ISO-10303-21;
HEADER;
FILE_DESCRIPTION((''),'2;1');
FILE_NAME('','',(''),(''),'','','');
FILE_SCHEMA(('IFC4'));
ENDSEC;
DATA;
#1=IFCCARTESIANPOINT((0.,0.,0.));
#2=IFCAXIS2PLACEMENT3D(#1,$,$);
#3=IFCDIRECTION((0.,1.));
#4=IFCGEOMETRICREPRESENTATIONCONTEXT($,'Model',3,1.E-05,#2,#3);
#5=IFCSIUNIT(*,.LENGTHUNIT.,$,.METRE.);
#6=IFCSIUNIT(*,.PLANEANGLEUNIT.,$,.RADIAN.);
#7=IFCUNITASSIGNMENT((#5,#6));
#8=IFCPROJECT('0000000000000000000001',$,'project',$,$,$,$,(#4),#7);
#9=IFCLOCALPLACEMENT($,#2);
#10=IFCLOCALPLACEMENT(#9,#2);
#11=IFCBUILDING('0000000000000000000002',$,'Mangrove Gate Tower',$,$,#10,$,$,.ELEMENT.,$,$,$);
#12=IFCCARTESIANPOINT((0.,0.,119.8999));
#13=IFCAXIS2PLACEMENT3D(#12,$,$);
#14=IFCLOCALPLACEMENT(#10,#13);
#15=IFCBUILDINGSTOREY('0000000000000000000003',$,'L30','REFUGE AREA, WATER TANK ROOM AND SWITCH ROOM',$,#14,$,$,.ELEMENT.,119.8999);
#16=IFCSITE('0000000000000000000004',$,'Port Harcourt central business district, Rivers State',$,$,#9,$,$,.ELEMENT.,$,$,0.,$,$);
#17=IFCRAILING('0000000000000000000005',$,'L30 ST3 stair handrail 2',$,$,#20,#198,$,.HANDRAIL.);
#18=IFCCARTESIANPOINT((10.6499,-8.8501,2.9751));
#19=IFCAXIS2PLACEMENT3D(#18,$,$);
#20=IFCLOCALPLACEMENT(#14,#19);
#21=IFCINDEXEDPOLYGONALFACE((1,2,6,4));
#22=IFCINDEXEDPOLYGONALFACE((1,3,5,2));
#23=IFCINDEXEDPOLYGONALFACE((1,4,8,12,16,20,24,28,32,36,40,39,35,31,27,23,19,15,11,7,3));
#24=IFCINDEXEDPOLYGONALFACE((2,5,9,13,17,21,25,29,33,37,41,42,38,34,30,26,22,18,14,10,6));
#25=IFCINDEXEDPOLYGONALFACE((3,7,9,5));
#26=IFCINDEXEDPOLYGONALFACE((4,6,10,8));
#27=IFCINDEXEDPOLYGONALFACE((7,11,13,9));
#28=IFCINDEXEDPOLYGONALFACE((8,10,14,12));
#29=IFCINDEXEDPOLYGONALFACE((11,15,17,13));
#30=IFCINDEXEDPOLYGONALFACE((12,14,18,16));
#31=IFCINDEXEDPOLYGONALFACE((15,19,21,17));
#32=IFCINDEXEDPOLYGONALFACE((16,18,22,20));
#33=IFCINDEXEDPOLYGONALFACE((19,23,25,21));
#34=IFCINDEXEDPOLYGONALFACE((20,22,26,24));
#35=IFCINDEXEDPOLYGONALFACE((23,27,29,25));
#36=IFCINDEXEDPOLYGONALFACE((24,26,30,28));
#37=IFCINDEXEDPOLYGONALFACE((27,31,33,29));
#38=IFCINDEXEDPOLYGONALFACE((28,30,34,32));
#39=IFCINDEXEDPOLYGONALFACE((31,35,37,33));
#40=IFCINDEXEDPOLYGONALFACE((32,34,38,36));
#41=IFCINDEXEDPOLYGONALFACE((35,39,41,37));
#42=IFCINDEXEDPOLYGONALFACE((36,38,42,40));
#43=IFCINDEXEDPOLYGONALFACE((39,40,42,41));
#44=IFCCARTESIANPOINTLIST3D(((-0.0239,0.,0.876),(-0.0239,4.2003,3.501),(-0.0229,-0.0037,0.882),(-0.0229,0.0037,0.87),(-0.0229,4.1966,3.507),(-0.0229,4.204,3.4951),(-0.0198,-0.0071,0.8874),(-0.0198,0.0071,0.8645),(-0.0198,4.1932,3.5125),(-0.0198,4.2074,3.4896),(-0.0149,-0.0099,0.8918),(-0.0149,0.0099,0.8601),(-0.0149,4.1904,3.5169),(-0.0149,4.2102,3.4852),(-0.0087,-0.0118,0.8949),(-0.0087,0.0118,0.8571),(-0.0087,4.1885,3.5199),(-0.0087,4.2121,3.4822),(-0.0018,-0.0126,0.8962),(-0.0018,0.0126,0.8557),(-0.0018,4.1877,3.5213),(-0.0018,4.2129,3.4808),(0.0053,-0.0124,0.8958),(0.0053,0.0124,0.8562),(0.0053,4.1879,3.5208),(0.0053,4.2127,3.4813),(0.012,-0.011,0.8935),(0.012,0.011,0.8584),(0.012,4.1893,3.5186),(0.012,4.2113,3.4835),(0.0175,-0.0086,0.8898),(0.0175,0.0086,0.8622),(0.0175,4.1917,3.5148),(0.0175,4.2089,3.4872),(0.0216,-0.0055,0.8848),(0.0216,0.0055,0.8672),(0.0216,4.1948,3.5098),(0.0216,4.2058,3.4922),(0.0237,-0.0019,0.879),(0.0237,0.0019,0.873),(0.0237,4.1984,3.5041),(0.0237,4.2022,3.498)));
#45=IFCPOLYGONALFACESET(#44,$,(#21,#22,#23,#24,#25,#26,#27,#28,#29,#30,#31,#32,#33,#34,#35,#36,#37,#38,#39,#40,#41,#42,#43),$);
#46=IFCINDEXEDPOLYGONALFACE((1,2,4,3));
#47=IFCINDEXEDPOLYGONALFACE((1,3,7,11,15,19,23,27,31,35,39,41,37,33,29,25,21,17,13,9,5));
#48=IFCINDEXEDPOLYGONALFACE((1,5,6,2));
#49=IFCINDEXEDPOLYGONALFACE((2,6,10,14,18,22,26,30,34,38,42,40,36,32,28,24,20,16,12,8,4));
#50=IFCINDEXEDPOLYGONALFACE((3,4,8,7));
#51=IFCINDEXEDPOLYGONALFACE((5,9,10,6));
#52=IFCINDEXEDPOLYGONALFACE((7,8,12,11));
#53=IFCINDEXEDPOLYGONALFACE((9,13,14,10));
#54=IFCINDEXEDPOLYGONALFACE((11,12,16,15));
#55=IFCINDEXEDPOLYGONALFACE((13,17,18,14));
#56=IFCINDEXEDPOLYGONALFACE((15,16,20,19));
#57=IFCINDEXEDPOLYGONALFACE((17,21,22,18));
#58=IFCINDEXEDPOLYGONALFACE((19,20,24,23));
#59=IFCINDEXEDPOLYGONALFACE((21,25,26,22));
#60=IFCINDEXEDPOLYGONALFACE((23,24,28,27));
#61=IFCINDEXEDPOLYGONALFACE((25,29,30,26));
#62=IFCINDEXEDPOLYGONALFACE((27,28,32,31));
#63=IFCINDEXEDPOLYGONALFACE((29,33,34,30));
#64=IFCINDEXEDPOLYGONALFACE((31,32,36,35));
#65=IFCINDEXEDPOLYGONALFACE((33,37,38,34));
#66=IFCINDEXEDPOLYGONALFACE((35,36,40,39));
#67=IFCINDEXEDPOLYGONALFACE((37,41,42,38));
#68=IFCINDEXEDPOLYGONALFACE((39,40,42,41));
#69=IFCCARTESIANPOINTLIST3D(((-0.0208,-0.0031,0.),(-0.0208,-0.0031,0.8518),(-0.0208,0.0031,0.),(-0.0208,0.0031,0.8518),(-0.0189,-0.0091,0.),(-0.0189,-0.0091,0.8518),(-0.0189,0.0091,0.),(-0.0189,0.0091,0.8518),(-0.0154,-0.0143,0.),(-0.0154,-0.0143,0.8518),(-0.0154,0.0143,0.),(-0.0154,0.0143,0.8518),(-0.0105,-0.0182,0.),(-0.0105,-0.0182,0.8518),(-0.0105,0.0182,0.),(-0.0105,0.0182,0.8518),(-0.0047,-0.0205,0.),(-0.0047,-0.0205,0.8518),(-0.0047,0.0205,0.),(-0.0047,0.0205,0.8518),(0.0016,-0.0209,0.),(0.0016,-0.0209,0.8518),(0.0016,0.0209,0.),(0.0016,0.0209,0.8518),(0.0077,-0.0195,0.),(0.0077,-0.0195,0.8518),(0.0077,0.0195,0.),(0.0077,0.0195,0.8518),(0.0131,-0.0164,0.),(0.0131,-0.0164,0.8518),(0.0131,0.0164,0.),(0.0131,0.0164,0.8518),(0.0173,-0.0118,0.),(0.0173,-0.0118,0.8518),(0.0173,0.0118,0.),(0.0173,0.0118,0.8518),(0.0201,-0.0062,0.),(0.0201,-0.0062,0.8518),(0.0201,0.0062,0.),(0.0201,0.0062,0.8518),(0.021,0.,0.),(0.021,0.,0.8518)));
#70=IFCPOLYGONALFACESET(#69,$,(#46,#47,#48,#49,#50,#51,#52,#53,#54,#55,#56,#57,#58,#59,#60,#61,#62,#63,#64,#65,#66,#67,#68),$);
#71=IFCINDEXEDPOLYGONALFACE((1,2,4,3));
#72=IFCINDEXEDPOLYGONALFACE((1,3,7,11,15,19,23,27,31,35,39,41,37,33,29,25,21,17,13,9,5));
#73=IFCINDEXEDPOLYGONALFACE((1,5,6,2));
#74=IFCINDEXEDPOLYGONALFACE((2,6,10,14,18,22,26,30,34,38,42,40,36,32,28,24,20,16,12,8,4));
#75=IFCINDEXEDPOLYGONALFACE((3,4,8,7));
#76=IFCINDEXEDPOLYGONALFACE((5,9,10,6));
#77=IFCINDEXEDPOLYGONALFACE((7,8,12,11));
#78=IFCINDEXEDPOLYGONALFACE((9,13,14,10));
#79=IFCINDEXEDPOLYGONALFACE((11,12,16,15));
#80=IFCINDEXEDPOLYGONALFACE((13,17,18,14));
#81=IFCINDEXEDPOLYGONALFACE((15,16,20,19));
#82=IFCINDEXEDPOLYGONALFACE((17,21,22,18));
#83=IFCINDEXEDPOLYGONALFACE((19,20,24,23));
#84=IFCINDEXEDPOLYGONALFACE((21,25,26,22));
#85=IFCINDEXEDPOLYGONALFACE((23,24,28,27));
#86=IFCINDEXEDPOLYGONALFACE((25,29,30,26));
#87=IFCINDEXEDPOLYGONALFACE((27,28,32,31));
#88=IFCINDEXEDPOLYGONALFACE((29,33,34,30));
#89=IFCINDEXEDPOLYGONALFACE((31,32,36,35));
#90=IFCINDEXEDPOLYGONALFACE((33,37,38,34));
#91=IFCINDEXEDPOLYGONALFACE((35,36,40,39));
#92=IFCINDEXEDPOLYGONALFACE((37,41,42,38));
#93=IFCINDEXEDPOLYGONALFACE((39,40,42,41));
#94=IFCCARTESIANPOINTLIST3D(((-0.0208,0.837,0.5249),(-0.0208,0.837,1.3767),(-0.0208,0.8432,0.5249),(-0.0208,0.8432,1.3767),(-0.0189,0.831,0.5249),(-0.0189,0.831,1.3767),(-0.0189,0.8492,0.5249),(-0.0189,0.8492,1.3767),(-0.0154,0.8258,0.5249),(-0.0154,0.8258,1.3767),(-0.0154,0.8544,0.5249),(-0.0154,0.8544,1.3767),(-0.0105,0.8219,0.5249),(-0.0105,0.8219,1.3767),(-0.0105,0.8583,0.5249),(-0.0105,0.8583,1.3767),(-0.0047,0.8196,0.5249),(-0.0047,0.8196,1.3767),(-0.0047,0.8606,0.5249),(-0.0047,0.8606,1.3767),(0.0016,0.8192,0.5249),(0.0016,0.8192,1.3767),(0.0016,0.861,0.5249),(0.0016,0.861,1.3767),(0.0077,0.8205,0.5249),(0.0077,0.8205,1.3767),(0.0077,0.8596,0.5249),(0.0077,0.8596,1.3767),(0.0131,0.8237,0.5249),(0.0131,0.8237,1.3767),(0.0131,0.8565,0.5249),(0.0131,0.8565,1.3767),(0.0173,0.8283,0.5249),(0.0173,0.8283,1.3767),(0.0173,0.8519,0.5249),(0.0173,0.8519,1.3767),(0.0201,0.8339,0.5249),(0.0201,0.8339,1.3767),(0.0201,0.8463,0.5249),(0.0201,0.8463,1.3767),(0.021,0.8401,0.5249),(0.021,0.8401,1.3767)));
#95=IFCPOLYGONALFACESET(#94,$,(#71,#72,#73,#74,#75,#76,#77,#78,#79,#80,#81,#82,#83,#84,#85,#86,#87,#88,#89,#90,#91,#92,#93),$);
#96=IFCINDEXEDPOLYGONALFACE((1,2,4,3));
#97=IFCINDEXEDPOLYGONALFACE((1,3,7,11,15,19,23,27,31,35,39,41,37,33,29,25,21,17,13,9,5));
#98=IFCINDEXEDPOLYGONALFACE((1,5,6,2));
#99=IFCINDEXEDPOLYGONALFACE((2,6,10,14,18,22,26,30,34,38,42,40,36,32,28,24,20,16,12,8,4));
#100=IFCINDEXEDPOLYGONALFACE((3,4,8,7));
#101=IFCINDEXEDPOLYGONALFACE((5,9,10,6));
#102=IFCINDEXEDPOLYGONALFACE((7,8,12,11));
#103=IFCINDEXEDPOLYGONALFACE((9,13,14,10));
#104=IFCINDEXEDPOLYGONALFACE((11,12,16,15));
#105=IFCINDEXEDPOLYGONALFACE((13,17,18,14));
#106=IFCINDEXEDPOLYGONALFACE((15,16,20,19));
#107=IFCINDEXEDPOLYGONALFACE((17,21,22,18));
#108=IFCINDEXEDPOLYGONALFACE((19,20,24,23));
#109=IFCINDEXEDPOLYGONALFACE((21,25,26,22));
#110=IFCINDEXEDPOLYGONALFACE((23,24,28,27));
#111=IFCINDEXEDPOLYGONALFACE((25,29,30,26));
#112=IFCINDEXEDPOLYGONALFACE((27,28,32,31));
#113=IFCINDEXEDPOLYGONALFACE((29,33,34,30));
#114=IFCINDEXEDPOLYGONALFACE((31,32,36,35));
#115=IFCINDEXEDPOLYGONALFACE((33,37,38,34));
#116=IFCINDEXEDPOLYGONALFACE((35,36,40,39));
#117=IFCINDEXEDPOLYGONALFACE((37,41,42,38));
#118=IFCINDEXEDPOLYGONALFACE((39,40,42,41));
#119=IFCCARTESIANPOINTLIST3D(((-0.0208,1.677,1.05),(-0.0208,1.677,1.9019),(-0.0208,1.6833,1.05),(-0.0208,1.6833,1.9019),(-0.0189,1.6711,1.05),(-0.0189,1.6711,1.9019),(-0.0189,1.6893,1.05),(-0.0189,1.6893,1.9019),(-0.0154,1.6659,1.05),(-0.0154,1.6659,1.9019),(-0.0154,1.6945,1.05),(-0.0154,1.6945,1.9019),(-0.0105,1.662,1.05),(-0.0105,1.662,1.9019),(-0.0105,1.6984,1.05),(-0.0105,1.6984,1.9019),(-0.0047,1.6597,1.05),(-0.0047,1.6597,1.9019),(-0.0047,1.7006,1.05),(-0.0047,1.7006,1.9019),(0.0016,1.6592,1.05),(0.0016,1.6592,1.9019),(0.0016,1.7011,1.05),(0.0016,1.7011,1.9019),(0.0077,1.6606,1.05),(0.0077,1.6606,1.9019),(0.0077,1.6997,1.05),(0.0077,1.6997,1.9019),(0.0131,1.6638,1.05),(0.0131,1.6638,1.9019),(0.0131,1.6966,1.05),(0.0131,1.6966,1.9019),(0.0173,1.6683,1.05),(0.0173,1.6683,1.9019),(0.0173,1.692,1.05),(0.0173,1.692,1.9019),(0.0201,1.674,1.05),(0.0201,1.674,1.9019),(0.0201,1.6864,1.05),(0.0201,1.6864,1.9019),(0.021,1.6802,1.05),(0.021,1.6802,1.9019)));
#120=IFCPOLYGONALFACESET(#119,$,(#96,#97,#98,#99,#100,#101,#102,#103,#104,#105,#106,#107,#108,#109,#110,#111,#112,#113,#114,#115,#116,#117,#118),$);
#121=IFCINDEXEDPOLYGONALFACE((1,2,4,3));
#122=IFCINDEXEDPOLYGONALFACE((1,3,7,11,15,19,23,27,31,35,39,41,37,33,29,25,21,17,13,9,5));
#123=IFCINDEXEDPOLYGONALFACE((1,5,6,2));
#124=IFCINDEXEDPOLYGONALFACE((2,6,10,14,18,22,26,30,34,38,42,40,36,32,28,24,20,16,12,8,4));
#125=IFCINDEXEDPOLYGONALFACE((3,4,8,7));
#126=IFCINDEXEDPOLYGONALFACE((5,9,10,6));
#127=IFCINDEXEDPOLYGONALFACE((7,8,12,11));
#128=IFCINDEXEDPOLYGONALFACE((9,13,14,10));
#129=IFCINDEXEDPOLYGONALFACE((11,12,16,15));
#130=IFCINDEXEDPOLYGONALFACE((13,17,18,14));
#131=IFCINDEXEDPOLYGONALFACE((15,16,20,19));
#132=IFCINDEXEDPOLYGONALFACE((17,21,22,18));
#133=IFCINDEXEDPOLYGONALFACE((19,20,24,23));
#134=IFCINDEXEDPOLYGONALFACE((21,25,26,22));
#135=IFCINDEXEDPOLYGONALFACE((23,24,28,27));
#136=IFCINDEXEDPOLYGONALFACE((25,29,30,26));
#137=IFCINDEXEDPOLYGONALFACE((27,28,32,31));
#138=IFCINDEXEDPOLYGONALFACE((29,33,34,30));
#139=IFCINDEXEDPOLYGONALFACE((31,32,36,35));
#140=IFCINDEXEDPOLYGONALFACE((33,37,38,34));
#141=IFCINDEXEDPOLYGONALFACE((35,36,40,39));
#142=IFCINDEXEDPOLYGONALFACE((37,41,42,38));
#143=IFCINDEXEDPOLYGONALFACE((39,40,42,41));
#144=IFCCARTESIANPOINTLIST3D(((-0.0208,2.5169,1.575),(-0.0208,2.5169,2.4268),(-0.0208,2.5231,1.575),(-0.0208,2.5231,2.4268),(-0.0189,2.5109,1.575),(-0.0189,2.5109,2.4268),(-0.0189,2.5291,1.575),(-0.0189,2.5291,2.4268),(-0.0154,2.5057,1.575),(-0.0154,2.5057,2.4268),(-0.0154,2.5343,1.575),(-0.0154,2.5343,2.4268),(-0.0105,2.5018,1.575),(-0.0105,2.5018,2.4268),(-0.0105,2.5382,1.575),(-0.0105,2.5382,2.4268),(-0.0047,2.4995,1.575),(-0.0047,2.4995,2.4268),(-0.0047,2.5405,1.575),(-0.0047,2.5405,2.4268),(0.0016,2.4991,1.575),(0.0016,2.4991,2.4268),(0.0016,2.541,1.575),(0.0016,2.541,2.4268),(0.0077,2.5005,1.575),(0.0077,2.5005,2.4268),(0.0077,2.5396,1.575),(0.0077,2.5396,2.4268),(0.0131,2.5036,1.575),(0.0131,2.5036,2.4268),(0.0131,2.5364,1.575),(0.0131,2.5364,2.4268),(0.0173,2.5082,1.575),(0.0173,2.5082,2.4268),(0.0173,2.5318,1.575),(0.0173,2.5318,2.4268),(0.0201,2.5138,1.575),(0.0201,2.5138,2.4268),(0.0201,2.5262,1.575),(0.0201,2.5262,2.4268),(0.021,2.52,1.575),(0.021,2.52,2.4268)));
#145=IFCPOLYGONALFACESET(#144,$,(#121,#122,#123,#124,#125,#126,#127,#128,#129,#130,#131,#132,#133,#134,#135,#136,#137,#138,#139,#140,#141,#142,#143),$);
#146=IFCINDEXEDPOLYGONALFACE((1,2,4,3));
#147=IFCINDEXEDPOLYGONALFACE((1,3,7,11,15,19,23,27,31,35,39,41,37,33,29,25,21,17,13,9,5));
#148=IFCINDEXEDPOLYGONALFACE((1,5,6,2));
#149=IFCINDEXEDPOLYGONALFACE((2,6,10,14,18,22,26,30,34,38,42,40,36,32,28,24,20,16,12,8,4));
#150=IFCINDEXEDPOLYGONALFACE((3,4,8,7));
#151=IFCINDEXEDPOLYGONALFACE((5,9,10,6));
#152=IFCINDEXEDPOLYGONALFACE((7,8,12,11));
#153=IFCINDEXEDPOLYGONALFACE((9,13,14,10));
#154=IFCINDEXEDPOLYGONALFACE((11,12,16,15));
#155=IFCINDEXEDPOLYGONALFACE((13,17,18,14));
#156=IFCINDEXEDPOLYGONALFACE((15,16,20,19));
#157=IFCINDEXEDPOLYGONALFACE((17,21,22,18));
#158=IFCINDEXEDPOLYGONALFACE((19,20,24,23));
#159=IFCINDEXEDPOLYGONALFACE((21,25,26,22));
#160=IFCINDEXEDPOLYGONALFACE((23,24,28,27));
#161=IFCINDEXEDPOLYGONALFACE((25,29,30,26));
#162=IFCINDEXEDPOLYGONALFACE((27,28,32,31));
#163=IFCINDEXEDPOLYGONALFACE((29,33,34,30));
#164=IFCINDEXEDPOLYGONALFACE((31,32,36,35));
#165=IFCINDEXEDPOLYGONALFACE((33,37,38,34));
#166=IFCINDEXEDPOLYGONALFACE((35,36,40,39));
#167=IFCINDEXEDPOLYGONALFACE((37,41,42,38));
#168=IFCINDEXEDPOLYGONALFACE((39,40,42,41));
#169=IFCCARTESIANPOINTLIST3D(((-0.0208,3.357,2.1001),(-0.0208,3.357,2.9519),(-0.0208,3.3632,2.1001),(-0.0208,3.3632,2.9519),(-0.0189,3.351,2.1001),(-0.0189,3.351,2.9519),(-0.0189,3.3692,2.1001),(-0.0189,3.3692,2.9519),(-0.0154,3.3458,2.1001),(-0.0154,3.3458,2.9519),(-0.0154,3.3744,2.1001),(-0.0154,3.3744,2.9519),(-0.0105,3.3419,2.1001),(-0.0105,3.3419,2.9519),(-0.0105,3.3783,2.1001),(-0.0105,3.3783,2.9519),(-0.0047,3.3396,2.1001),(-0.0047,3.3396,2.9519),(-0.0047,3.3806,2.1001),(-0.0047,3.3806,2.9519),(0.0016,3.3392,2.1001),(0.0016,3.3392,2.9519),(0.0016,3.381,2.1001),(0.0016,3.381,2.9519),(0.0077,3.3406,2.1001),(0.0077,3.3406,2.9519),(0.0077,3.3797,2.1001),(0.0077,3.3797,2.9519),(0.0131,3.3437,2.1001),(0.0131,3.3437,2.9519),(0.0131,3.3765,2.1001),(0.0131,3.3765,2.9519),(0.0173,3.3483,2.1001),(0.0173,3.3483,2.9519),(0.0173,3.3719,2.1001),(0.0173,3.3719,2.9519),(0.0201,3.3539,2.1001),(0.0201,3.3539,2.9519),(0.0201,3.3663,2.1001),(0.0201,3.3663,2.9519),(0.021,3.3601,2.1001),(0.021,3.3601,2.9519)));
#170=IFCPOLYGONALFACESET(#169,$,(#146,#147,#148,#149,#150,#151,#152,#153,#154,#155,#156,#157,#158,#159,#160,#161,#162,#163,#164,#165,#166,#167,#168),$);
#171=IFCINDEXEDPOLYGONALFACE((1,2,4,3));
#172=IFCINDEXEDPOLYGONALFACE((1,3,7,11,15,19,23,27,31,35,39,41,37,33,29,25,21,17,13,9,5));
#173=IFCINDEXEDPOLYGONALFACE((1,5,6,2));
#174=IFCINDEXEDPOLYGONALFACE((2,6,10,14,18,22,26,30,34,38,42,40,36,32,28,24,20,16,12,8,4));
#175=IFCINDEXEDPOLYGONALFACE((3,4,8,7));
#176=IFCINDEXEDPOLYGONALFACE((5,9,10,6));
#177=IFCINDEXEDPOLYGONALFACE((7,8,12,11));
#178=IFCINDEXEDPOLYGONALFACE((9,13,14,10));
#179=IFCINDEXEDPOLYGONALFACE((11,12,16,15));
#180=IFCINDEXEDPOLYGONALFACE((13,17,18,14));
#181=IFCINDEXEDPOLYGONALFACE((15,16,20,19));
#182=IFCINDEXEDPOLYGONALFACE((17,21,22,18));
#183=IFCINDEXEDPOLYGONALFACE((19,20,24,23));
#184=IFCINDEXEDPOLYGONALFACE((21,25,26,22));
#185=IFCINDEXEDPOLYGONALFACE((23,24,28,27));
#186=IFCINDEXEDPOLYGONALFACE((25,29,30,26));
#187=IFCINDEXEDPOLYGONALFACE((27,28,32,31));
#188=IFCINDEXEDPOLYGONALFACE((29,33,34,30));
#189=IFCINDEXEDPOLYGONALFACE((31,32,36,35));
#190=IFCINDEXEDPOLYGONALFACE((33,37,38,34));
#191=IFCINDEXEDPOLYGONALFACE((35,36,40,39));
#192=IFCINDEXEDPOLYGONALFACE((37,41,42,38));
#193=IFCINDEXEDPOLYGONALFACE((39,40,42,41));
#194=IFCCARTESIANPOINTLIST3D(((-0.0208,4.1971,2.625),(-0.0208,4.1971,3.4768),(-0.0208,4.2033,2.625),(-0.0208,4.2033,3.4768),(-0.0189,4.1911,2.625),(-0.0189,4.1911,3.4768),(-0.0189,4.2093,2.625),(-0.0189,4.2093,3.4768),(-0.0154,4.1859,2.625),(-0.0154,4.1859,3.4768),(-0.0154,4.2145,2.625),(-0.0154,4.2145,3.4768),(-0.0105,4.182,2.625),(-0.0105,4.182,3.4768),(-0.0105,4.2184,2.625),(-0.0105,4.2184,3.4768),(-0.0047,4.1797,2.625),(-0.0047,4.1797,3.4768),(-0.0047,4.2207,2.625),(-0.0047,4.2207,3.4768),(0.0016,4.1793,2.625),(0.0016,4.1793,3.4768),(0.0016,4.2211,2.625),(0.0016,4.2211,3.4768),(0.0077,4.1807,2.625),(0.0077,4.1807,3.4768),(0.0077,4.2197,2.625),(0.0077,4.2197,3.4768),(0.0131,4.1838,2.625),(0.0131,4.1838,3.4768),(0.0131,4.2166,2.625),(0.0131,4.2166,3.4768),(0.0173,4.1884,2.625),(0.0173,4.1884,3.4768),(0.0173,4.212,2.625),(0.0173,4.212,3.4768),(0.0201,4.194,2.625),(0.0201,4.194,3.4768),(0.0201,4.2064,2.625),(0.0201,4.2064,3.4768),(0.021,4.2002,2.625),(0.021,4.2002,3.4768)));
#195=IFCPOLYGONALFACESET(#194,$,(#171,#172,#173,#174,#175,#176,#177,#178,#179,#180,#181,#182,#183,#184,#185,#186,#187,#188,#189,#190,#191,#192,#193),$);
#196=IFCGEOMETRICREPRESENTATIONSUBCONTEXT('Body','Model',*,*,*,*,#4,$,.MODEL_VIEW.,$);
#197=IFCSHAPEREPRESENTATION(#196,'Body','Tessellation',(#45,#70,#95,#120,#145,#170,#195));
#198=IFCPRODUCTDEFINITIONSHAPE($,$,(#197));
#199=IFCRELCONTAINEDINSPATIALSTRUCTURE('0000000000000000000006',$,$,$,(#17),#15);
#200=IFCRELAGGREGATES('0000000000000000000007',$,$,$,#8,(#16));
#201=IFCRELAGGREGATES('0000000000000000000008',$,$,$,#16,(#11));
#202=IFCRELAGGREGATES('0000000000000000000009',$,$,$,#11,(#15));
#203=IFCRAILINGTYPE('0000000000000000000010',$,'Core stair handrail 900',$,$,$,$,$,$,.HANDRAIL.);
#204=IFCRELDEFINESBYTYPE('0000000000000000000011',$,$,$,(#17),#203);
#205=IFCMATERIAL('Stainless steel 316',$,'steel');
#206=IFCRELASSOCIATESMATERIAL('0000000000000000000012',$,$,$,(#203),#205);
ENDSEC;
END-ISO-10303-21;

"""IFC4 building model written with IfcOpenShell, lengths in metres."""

from ifc_helpers import new_model, si_unit, direction, frame, origin, origin_2d, place, context, subcontext, project, spatial, circle, extrude, material, type_object, element, save


model = new_model("IFC4")

# Units and contexts
model_context = context("Model", 3, precision=1e-05, world=origin(), true_north=direction((0.0, 1.0)))
body_context = subcontext(model_context, "Body", "Model", "MODEL_VIEW")
ifc_project = project(units=[si_unit("LENGTHUNIT", "METRE"), si_unit("PLANEANGLEUNIT", "RADIAN")], contexts=[model_context])

# Site, building, storey
site_placement = place(None, origin())
site = spatial("IfcSite", under=ifc_project, at=site_placement, Name="Port Harcourt central business district, Rivers State", CompositionType="ELEMENT", RefElevation=0.0)
building_placement = place(site_placement, origin())
building = spatial("IfcBuilding", under=site, at=building_placement, Name="Mangrove Gate Tower", CompositionType="ELEMENT")
storey_placement = place(building_placement, frame((0.0, 0.0, 119.8999)))
storey = spatial("IfcBuildingStorey", under=building, at=storey_placement, Name="L30", Description="REFUGE AREA, WATER TANK ROOM AND SWITCH ROOM", CompositionType="ELEMENT", Elevation=119.8999)

# Railing
ifc_material_1 = material(Name="Stainless steel 316", Category="steel")
railing_type_1 = type_object("IfcRailingType", Name="Core stair handrail 900", PredefinedType="HANDRAIL", material=ifc_material_1)
railing_1_placement = place(storey_placement, frame((10.6499, -8.8501, 2.9751)))
element("IfcRailing", 1, at=railing_1_placement, inside=storey, type_object=railing_type_1, Name="L30 ST3 stair handrail 2", PredefinedType="HANDRAIL", context=body_context, shape_type="SweptSolid", body=[
    extrude(circle(Radius=0.0239, at=origin_2d()), frame((0.0, 0.0, 0.876), z_axis=(0.0, 0.848009, 0.529981), x_axis=(-1.0, 0.0, 0.0)), (0.0, 0.0, 1.0), 4.9531),
    extrude(circle(Radius=0.021, at=origin_2d()), origin(), (0.0, 0.0, 1.0), 0.8518),
    extrude(circle(Radius=0.021, at=origin_2d()), frame((0.0, 0.8401, 0.5249)), (0.0, 0.0, 1.0), 0.8518),
    extrude(circle(Radius=0.021, at=origin_2d()), frame((0.0, 1.6802, 1.05)), (0.0, 0.0, 1.0), 0.8518),
    extrude(circle(Radius=0.021, at=origin_2d()), frame((0.0, 2.52, 1.575)), (0.0, 0.0, 1.0), 0.8518),
    extrude(circle(Radius=0.021, at=origin_2d()), frame((0.0, 3.3601, 2.1001)), (0.0, 0.0, 1.0), 0.8518),
    extrude(circle(Radius=0.021, at=origin_2d()), frame((0.0, 4.2002, 2.625)), (0.0, 0.0, 1.0), 0.8518),
])

save(model, "model.ifc")
